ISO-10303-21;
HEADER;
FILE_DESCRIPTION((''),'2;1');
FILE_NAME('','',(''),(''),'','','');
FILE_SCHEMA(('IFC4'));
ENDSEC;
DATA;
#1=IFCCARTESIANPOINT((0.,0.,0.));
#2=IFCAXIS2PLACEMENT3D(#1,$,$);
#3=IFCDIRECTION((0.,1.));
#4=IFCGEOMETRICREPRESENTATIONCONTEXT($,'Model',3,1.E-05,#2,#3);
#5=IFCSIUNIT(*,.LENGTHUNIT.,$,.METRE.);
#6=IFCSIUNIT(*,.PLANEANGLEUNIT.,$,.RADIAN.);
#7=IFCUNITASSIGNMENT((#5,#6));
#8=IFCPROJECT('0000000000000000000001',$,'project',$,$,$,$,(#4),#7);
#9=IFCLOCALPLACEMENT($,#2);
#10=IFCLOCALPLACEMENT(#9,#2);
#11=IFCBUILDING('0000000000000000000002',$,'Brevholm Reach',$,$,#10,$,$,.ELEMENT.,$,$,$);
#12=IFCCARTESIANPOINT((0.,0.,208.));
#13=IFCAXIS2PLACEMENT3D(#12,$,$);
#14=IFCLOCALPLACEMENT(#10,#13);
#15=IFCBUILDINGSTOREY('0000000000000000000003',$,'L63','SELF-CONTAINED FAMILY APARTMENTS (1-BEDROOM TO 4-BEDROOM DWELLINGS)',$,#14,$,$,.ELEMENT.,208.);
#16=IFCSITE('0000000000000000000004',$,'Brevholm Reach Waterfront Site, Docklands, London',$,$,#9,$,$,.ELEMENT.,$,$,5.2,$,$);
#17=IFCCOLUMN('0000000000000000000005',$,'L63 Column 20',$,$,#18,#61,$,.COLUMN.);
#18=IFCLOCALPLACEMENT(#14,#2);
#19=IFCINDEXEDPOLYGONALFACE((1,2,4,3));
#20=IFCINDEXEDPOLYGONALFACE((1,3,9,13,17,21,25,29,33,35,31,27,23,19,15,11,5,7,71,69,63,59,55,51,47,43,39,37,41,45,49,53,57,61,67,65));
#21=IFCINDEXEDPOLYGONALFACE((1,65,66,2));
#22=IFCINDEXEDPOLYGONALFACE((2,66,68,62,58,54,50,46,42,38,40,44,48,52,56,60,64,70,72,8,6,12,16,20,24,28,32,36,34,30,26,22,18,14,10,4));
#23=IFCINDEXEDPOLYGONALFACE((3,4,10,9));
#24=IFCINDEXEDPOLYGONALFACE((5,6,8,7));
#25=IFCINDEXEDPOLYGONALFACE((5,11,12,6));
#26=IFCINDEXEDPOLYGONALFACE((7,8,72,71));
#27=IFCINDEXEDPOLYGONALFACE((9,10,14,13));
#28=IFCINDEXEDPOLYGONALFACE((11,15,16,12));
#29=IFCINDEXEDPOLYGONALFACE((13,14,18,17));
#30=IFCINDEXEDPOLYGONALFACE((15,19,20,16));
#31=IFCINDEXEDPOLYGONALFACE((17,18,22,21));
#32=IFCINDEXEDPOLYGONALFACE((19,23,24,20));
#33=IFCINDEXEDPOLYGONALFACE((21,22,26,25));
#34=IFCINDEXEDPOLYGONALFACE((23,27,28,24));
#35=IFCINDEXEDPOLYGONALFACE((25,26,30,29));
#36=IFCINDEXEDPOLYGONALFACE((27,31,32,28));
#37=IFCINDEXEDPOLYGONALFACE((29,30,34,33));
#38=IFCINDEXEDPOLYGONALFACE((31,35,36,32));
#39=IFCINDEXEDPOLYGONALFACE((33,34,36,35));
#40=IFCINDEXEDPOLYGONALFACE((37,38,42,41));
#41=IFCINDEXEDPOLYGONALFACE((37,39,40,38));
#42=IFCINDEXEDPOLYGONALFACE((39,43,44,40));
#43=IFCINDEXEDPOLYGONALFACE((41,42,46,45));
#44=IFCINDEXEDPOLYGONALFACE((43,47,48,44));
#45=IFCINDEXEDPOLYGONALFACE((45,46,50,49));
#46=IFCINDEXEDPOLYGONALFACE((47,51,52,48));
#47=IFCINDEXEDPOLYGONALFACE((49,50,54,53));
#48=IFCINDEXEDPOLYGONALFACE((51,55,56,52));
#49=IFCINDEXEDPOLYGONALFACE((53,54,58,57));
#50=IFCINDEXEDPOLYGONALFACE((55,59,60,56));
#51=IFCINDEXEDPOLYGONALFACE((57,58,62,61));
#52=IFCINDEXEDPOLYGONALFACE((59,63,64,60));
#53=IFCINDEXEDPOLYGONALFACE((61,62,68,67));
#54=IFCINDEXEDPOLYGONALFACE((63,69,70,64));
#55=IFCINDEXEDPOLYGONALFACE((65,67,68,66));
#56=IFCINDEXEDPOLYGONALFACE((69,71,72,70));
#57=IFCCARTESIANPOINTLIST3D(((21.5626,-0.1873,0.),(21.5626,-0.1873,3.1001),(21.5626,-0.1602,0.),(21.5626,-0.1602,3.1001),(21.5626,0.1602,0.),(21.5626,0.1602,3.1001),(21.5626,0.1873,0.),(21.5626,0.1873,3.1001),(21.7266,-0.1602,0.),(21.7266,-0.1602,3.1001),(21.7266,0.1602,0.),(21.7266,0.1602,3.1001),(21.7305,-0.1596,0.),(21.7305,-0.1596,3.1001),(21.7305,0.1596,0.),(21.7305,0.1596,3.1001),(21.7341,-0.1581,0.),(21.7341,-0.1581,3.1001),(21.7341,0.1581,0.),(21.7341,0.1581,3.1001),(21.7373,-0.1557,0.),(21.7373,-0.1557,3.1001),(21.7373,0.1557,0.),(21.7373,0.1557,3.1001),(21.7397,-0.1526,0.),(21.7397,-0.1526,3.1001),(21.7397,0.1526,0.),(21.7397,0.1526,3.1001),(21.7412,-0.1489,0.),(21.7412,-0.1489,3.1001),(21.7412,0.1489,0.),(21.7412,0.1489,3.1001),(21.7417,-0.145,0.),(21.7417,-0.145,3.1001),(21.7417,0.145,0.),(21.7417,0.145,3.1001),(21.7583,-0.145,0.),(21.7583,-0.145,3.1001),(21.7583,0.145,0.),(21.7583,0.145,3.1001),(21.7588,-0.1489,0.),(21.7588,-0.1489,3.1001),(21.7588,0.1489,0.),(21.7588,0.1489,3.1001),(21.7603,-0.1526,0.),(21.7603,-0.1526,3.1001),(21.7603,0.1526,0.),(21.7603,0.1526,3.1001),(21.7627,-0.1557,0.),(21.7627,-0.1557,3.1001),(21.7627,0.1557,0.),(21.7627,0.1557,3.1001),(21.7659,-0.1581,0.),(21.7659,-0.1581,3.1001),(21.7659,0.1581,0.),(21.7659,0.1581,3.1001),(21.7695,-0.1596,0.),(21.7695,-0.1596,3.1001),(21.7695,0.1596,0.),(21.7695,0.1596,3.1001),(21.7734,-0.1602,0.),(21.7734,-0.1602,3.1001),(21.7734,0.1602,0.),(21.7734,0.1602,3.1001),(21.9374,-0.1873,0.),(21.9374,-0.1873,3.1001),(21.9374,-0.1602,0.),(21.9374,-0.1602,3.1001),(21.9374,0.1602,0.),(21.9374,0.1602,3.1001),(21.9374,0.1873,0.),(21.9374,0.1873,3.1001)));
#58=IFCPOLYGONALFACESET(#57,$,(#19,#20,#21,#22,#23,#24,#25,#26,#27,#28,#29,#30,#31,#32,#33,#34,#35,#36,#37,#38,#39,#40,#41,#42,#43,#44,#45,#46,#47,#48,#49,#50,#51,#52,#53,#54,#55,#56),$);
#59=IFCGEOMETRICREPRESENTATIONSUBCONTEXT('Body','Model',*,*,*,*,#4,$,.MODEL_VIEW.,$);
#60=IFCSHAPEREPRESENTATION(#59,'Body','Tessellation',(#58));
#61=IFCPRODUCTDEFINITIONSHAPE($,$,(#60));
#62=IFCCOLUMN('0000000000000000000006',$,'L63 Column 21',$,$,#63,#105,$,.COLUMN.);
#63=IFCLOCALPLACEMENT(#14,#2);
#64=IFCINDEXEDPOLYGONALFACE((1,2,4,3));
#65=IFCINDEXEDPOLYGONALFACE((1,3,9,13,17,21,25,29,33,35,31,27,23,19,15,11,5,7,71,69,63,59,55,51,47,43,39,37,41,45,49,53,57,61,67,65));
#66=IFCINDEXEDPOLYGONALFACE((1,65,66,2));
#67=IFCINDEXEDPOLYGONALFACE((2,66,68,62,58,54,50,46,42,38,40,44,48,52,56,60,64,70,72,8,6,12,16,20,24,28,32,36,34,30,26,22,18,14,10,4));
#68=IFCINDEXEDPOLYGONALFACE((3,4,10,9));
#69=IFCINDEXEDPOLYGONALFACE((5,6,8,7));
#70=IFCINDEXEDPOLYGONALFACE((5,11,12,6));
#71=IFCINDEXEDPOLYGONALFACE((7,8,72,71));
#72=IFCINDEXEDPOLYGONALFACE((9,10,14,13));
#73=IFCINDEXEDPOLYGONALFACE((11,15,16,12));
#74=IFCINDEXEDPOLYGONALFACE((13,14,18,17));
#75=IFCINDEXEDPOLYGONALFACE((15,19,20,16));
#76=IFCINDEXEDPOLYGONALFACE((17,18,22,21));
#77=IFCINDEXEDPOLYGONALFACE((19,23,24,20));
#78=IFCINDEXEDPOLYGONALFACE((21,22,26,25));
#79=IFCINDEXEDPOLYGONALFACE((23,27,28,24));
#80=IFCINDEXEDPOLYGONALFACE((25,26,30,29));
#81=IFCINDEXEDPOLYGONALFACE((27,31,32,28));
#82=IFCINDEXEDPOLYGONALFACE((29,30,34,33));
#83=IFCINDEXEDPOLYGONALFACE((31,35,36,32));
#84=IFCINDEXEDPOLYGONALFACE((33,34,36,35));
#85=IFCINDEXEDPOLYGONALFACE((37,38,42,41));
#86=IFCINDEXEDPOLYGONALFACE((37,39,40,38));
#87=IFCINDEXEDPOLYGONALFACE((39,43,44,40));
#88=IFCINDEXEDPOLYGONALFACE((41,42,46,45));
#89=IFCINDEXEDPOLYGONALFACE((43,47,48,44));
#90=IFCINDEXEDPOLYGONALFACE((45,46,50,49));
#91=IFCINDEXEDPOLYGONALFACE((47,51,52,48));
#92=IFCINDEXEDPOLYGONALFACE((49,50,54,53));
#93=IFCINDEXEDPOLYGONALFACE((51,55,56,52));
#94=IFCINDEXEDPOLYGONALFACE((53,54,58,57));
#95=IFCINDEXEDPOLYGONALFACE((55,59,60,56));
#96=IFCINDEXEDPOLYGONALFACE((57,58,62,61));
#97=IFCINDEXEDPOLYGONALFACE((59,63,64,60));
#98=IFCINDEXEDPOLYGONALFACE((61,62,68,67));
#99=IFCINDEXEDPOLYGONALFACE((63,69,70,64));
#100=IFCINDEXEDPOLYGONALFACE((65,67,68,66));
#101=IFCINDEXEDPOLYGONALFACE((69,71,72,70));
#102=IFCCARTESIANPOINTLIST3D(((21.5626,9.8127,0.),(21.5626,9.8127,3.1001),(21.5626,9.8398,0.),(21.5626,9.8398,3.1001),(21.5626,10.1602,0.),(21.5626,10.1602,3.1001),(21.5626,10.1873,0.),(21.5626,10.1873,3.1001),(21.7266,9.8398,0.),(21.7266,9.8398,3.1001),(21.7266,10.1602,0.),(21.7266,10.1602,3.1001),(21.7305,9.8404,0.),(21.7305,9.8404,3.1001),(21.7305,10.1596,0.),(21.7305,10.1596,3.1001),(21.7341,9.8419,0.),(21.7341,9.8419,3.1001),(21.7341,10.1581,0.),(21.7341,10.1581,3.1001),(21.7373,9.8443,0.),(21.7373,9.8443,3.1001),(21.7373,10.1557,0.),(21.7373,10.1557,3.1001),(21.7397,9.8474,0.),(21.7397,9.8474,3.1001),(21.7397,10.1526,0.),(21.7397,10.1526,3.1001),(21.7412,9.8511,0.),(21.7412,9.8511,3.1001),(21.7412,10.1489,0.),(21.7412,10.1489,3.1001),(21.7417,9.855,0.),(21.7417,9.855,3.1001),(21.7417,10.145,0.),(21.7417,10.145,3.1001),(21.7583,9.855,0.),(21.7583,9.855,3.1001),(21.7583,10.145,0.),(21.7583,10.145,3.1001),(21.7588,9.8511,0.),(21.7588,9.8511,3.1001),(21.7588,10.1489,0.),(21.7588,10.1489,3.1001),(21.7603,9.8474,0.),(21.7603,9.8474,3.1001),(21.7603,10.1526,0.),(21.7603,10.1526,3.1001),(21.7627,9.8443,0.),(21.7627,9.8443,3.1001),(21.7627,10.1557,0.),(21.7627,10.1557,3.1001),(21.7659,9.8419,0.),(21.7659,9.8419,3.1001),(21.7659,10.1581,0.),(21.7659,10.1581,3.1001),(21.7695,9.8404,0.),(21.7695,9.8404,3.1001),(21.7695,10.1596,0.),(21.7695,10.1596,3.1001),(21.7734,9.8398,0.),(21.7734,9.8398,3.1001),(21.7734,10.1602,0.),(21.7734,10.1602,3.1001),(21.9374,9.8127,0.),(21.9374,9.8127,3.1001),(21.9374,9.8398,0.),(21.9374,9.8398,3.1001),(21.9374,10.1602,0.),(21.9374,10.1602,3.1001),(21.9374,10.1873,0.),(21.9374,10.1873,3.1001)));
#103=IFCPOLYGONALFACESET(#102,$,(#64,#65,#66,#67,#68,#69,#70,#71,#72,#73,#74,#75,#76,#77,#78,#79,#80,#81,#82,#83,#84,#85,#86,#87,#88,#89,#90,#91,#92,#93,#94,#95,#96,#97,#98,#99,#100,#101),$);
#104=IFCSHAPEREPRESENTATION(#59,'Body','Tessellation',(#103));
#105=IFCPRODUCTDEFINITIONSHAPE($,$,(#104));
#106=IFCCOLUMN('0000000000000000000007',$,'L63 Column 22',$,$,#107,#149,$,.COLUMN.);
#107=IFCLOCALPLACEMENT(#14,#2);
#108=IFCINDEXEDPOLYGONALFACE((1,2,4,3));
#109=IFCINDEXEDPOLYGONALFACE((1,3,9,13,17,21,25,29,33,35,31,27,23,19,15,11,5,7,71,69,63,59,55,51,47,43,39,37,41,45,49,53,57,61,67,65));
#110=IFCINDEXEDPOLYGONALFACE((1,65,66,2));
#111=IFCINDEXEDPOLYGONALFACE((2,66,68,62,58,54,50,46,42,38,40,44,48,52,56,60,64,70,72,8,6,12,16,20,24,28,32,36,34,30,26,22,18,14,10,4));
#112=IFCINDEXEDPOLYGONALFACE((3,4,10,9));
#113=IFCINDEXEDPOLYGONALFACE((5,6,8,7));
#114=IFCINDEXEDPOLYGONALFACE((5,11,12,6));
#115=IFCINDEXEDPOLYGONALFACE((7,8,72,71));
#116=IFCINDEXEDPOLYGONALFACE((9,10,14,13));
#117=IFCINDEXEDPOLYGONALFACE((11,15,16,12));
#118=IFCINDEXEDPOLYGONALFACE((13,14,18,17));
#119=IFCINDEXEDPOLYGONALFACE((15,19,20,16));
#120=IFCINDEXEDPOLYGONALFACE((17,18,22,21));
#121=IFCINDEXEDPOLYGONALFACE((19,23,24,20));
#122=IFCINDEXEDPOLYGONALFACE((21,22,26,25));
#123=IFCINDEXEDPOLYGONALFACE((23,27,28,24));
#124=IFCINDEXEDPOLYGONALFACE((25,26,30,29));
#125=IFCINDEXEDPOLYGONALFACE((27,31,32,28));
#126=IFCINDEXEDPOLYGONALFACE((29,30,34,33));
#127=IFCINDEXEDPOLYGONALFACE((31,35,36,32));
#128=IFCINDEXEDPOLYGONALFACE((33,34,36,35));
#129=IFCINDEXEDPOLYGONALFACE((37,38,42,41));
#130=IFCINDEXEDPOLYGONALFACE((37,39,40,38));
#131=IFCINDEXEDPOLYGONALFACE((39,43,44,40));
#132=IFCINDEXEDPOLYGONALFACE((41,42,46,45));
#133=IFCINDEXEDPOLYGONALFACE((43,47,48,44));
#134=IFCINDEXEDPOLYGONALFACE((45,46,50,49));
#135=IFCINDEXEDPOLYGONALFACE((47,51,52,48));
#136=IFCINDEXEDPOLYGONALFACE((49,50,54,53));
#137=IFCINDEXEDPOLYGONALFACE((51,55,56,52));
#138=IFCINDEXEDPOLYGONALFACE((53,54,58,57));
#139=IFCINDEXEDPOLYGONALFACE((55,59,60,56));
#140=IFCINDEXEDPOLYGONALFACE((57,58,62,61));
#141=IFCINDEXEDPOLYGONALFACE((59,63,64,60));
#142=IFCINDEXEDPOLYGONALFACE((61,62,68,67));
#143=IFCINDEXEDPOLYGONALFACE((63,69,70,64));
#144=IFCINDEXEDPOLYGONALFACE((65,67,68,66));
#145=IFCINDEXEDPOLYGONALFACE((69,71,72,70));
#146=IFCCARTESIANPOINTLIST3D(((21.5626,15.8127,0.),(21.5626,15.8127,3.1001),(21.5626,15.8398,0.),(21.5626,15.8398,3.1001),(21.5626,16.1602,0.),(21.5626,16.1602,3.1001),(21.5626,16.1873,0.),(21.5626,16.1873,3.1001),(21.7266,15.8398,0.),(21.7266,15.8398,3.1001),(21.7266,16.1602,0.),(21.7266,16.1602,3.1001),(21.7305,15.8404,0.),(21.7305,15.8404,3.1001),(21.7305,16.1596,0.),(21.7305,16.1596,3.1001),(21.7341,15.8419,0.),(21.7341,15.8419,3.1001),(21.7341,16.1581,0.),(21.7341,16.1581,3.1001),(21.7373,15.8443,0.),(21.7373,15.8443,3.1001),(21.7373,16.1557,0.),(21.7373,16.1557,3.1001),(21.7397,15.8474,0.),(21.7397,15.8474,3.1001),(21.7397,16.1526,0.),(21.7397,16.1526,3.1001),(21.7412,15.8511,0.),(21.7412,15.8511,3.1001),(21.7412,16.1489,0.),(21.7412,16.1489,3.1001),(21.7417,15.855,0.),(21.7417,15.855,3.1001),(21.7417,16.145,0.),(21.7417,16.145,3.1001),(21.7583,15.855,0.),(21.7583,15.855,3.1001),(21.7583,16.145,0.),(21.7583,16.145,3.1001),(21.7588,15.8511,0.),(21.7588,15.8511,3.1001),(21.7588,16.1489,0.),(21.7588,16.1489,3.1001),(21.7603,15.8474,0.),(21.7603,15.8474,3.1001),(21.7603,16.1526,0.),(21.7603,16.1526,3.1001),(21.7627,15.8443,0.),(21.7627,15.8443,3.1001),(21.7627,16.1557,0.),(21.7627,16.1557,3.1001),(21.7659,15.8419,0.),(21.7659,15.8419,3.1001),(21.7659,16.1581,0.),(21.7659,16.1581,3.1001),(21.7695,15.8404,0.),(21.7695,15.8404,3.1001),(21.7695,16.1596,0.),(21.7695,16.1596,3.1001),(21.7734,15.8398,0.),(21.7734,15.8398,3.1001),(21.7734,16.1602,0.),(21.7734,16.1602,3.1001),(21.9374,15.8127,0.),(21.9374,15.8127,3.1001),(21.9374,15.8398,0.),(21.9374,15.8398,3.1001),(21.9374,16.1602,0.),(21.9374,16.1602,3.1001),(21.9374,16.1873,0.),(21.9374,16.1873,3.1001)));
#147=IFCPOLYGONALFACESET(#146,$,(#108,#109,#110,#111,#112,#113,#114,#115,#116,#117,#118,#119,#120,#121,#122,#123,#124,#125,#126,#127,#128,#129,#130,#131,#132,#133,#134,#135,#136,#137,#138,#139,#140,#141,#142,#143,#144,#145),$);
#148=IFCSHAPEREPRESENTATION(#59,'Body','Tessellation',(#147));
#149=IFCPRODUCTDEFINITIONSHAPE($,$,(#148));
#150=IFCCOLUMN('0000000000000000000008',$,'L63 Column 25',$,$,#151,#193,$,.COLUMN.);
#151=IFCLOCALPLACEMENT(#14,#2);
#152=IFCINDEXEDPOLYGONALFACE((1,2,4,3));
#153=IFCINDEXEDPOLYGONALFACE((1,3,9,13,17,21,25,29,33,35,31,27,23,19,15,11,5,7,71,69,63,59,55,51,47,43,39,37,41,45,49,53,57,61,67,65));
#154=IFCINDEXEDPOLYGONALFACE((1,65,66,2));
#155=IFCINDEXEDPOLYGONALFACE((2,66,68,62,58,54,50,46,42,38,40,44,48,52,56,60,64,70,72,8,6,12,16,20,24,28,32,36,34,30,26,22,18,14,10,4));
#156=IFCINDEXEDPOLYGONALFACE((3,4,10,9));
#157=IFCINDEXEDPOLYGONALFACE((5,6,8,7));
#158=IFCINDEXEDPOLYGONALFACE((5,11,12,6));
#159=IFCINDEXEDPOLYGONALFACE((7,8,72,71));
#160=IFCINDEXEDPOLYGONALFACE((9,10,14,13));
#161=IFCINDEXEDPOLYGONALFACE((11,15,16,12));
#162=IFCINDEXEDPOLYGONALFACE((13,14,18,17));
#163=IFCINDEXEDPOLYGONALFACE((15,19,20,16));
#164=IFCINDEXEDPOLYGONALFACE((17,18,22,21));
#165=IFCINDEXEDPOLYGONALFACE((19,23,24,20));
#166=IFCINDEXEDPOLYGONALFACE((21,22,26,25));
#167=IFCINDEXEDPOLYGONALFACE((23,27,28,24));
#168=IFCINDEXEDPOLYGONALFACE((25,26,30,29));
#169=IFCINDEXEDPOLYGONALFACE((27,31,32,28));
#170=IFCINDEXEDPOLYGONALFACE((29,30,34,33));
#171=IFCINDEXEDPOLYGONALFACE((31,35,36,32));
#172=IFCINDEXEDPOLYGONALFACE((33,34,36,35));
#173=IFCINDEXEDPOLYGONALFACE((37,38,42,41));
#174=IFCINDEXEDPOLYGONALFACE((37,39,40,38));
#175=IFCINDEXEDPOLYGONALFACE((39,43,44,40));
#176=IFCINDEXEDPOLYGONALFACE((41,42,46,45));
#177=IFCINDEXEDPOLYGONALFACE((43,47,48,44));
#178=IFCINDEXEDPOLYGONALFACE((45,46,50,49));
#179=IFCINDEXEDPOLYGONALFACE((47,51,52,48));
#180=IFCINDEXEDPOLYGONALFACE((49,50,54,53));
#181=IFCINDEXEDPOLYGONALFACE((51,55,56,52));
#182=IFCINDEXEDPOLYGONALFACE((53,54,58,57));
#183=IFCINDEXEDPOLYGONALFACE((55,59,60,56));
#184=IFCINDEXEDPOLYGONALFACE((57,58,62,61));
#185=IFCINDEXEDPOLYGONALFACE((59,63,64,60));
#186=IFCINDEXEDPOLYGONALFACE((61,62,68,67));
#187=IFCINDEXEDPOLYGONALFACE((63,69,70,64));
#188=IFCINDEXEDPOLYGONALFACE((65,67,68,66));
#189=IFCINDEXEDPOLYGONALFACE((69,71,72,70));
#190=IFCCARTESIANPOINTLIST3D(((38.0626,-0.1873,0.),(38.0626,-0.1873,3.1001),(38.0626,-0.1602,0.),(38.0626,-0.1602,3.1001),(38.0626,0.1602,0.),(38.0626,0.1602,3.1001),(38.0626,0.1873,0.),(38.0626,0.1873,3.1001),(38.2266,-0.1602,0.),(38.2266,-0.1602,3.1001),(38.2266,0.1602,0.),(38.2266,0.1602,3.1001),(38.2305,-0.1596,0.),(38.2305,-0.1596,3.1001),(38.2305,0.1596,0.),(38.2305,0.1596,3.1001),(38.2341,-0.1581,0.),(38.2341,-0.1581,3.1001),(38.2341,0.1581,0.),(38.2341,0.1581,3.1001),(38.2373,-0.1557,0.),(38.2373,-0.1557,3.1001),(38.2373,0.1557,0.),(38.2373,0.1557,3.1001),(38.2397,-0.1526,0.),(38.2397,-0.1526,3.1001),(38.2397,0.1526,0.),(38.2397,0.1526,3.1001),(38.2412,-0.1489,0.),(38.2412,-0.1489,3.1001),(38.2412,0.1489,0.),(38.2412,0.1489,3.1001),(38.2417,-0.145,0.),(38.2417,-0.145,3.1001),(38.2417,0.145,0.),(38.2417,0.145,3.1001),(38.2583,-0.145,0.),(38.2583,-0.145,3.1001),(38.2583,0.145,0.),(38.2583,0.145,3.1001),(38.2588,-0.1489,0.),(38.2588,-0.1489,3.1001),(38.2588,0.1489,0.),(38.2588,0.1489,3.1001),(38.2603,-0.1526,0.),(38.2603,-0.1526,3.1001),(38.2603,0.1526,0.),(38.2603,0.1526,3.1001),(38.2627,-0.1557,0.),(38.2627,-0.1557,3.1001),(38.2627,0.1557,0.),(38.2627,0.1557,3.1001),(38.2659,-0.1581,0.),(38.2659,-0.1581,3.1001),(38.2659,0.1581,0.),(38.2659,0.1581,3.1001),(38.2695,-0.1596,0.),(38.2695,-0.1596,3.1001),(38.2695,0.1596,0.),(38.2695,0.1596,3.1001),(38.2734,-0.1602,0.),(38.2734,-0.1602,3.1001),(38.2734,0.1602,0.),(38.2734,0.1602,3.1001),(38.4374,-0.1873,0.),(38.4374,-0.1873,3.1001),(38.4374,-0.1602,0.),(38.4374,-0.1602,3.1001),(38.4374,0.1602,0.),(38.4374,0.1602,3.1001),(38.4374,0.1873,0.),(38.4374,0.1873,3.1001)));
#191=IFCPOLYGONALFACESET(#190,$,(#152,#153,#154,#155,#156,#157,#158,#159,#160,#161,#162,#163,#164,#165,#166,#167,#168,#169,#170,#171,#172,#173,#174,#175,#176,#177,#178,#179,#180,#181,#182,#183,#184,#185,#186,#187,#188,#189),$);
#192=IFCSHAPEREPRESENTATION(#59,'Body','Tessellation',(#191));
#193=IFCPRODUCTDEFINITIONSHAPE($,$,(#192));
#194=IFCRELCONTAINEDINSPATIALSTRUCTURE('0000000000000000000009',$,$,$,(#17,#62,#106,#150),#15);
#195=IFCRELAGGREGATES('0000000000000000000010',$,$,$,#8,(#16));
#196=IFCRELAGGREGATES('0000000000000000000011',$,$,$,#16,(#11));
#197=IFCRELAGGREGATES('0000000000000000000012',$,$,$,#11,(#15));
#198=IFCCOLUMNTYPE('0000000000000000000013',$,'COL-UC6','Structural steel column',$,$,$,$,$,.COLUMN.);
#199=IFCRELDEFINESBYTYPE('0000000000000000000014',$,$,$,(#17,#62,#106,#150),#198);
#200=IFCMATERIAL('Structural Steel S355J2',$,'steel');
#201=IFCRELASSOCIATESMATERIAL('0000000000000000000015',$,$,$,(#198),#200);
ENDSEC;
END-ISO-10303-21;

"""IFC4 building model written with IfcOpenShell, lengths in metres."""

from ifc_helpers import new_model, si_unit, direction, frame, origin, origin_2d, place, context, subcontext, project, spatial, i_section, extrude, material, material_profile, profile_set, type_object, element, save


model = new_model("IFC4")

# Units and contexts
model_context = context("Model", 3, precision=1e-05, world=origin(), true_north=direction((0.0, 1.0)))
body_context = subcontext(model_context, "Body", "Model", "MODEL_VIEW")
ifc_project = project(units=[si_unit("LENGTHUNIT", "METRE"), si_unit("PLANEANGLEUNIT", "RADIAN")], contexts=[model_context])

# Site, building, storey
site_placement = place(None, origin())
site = spatial("IfcSite", under=ifc_project, at=site_placement, Name="Brevholm Reach Waterfront Site, Docklands, London", CompositionType="ELEMENT", RefElevation=5.2)
building_placement = place(site_placement, origin())
building = spatial("IfcBuilding", under=site, at=building_placement, Name="Brevholm Reach", CompositionType="ELEMENT")
storey_placement = place(building_placement, frame((0.0, 0.0, 208.0)))
storey = spatial("IfcBuildingStorey", under=building, at=storey_placement, Name="L63", Description="SELF-CONTAINED FAMILY APARTMENTS (1-BEDROOM TO 4-BEDROOM DWELLINGS)", CompositionType="ELEMENT", Elevation=208.0)

# Columns
ifc_material_1 = material(Name="Structural Steel S355J2", Category="steel")
ifc_material_profile_1 = material_profile(ifc_material_1, i_section(OverallWidth=0.3748, OverallDepth=0.3745, WebThickness=0.0166, FlangeThickness=0.0271, FilletRadius=0.0151, at=origin_2d()), Name="UKC 356x368x202")
ifc_profile_set_1 = profile_set([ifc_material_profile_1], Name="Structural Steel S355J2")
column_type = type_object("IfcColumnType", Name="COL-UC6", Description="Structural steel column", PredefinedType="COLUMN", material=ifc_profile_set_1)
for number, where, z_axis, x_axis, name in (
    (1, (21.75, 0.0, 0.0), (0.0, 0.0, 1.0), (1.0, 0.0, 0.0), "L63 Column 20"),
    (2, (21.75, 10.0, 0.0), (0.0, 0.0, 1.0), (1.0, 0.0, 0.0), "L63 Column 21"),
    (3, (21.75, 16.0, 0.0), (0.0, 0.0, 1.0), (1.0, 0.0, 0.0), "L63 Column 22"),
    (4, (38.25, 0.0, 0.0), (0.0, 0.0, 1.0), (1.0, 0.0, 0.0), "L63 Column 25"),
):
    element("IfcColumn", number, at=place(storey_placement, frame(where, z_axis=z_axis, x_axis=x_axis)), inside=storey, type_object=column_type, Name=name, PredefinedType="COLUMN", context=body_context, shape_type="SweptSolid", body=[
        extrude(i_section(OverallWidth=0.3748, OverallDepth=0.3745, WebThickness=0.0166, FlangeThickness=0.0271, FilletRadius=0.0151, at=origin_2d()), origin(), (0.0, 0.0, 1.0), 3.1001),
    ])

save(model, "model.ifc")
